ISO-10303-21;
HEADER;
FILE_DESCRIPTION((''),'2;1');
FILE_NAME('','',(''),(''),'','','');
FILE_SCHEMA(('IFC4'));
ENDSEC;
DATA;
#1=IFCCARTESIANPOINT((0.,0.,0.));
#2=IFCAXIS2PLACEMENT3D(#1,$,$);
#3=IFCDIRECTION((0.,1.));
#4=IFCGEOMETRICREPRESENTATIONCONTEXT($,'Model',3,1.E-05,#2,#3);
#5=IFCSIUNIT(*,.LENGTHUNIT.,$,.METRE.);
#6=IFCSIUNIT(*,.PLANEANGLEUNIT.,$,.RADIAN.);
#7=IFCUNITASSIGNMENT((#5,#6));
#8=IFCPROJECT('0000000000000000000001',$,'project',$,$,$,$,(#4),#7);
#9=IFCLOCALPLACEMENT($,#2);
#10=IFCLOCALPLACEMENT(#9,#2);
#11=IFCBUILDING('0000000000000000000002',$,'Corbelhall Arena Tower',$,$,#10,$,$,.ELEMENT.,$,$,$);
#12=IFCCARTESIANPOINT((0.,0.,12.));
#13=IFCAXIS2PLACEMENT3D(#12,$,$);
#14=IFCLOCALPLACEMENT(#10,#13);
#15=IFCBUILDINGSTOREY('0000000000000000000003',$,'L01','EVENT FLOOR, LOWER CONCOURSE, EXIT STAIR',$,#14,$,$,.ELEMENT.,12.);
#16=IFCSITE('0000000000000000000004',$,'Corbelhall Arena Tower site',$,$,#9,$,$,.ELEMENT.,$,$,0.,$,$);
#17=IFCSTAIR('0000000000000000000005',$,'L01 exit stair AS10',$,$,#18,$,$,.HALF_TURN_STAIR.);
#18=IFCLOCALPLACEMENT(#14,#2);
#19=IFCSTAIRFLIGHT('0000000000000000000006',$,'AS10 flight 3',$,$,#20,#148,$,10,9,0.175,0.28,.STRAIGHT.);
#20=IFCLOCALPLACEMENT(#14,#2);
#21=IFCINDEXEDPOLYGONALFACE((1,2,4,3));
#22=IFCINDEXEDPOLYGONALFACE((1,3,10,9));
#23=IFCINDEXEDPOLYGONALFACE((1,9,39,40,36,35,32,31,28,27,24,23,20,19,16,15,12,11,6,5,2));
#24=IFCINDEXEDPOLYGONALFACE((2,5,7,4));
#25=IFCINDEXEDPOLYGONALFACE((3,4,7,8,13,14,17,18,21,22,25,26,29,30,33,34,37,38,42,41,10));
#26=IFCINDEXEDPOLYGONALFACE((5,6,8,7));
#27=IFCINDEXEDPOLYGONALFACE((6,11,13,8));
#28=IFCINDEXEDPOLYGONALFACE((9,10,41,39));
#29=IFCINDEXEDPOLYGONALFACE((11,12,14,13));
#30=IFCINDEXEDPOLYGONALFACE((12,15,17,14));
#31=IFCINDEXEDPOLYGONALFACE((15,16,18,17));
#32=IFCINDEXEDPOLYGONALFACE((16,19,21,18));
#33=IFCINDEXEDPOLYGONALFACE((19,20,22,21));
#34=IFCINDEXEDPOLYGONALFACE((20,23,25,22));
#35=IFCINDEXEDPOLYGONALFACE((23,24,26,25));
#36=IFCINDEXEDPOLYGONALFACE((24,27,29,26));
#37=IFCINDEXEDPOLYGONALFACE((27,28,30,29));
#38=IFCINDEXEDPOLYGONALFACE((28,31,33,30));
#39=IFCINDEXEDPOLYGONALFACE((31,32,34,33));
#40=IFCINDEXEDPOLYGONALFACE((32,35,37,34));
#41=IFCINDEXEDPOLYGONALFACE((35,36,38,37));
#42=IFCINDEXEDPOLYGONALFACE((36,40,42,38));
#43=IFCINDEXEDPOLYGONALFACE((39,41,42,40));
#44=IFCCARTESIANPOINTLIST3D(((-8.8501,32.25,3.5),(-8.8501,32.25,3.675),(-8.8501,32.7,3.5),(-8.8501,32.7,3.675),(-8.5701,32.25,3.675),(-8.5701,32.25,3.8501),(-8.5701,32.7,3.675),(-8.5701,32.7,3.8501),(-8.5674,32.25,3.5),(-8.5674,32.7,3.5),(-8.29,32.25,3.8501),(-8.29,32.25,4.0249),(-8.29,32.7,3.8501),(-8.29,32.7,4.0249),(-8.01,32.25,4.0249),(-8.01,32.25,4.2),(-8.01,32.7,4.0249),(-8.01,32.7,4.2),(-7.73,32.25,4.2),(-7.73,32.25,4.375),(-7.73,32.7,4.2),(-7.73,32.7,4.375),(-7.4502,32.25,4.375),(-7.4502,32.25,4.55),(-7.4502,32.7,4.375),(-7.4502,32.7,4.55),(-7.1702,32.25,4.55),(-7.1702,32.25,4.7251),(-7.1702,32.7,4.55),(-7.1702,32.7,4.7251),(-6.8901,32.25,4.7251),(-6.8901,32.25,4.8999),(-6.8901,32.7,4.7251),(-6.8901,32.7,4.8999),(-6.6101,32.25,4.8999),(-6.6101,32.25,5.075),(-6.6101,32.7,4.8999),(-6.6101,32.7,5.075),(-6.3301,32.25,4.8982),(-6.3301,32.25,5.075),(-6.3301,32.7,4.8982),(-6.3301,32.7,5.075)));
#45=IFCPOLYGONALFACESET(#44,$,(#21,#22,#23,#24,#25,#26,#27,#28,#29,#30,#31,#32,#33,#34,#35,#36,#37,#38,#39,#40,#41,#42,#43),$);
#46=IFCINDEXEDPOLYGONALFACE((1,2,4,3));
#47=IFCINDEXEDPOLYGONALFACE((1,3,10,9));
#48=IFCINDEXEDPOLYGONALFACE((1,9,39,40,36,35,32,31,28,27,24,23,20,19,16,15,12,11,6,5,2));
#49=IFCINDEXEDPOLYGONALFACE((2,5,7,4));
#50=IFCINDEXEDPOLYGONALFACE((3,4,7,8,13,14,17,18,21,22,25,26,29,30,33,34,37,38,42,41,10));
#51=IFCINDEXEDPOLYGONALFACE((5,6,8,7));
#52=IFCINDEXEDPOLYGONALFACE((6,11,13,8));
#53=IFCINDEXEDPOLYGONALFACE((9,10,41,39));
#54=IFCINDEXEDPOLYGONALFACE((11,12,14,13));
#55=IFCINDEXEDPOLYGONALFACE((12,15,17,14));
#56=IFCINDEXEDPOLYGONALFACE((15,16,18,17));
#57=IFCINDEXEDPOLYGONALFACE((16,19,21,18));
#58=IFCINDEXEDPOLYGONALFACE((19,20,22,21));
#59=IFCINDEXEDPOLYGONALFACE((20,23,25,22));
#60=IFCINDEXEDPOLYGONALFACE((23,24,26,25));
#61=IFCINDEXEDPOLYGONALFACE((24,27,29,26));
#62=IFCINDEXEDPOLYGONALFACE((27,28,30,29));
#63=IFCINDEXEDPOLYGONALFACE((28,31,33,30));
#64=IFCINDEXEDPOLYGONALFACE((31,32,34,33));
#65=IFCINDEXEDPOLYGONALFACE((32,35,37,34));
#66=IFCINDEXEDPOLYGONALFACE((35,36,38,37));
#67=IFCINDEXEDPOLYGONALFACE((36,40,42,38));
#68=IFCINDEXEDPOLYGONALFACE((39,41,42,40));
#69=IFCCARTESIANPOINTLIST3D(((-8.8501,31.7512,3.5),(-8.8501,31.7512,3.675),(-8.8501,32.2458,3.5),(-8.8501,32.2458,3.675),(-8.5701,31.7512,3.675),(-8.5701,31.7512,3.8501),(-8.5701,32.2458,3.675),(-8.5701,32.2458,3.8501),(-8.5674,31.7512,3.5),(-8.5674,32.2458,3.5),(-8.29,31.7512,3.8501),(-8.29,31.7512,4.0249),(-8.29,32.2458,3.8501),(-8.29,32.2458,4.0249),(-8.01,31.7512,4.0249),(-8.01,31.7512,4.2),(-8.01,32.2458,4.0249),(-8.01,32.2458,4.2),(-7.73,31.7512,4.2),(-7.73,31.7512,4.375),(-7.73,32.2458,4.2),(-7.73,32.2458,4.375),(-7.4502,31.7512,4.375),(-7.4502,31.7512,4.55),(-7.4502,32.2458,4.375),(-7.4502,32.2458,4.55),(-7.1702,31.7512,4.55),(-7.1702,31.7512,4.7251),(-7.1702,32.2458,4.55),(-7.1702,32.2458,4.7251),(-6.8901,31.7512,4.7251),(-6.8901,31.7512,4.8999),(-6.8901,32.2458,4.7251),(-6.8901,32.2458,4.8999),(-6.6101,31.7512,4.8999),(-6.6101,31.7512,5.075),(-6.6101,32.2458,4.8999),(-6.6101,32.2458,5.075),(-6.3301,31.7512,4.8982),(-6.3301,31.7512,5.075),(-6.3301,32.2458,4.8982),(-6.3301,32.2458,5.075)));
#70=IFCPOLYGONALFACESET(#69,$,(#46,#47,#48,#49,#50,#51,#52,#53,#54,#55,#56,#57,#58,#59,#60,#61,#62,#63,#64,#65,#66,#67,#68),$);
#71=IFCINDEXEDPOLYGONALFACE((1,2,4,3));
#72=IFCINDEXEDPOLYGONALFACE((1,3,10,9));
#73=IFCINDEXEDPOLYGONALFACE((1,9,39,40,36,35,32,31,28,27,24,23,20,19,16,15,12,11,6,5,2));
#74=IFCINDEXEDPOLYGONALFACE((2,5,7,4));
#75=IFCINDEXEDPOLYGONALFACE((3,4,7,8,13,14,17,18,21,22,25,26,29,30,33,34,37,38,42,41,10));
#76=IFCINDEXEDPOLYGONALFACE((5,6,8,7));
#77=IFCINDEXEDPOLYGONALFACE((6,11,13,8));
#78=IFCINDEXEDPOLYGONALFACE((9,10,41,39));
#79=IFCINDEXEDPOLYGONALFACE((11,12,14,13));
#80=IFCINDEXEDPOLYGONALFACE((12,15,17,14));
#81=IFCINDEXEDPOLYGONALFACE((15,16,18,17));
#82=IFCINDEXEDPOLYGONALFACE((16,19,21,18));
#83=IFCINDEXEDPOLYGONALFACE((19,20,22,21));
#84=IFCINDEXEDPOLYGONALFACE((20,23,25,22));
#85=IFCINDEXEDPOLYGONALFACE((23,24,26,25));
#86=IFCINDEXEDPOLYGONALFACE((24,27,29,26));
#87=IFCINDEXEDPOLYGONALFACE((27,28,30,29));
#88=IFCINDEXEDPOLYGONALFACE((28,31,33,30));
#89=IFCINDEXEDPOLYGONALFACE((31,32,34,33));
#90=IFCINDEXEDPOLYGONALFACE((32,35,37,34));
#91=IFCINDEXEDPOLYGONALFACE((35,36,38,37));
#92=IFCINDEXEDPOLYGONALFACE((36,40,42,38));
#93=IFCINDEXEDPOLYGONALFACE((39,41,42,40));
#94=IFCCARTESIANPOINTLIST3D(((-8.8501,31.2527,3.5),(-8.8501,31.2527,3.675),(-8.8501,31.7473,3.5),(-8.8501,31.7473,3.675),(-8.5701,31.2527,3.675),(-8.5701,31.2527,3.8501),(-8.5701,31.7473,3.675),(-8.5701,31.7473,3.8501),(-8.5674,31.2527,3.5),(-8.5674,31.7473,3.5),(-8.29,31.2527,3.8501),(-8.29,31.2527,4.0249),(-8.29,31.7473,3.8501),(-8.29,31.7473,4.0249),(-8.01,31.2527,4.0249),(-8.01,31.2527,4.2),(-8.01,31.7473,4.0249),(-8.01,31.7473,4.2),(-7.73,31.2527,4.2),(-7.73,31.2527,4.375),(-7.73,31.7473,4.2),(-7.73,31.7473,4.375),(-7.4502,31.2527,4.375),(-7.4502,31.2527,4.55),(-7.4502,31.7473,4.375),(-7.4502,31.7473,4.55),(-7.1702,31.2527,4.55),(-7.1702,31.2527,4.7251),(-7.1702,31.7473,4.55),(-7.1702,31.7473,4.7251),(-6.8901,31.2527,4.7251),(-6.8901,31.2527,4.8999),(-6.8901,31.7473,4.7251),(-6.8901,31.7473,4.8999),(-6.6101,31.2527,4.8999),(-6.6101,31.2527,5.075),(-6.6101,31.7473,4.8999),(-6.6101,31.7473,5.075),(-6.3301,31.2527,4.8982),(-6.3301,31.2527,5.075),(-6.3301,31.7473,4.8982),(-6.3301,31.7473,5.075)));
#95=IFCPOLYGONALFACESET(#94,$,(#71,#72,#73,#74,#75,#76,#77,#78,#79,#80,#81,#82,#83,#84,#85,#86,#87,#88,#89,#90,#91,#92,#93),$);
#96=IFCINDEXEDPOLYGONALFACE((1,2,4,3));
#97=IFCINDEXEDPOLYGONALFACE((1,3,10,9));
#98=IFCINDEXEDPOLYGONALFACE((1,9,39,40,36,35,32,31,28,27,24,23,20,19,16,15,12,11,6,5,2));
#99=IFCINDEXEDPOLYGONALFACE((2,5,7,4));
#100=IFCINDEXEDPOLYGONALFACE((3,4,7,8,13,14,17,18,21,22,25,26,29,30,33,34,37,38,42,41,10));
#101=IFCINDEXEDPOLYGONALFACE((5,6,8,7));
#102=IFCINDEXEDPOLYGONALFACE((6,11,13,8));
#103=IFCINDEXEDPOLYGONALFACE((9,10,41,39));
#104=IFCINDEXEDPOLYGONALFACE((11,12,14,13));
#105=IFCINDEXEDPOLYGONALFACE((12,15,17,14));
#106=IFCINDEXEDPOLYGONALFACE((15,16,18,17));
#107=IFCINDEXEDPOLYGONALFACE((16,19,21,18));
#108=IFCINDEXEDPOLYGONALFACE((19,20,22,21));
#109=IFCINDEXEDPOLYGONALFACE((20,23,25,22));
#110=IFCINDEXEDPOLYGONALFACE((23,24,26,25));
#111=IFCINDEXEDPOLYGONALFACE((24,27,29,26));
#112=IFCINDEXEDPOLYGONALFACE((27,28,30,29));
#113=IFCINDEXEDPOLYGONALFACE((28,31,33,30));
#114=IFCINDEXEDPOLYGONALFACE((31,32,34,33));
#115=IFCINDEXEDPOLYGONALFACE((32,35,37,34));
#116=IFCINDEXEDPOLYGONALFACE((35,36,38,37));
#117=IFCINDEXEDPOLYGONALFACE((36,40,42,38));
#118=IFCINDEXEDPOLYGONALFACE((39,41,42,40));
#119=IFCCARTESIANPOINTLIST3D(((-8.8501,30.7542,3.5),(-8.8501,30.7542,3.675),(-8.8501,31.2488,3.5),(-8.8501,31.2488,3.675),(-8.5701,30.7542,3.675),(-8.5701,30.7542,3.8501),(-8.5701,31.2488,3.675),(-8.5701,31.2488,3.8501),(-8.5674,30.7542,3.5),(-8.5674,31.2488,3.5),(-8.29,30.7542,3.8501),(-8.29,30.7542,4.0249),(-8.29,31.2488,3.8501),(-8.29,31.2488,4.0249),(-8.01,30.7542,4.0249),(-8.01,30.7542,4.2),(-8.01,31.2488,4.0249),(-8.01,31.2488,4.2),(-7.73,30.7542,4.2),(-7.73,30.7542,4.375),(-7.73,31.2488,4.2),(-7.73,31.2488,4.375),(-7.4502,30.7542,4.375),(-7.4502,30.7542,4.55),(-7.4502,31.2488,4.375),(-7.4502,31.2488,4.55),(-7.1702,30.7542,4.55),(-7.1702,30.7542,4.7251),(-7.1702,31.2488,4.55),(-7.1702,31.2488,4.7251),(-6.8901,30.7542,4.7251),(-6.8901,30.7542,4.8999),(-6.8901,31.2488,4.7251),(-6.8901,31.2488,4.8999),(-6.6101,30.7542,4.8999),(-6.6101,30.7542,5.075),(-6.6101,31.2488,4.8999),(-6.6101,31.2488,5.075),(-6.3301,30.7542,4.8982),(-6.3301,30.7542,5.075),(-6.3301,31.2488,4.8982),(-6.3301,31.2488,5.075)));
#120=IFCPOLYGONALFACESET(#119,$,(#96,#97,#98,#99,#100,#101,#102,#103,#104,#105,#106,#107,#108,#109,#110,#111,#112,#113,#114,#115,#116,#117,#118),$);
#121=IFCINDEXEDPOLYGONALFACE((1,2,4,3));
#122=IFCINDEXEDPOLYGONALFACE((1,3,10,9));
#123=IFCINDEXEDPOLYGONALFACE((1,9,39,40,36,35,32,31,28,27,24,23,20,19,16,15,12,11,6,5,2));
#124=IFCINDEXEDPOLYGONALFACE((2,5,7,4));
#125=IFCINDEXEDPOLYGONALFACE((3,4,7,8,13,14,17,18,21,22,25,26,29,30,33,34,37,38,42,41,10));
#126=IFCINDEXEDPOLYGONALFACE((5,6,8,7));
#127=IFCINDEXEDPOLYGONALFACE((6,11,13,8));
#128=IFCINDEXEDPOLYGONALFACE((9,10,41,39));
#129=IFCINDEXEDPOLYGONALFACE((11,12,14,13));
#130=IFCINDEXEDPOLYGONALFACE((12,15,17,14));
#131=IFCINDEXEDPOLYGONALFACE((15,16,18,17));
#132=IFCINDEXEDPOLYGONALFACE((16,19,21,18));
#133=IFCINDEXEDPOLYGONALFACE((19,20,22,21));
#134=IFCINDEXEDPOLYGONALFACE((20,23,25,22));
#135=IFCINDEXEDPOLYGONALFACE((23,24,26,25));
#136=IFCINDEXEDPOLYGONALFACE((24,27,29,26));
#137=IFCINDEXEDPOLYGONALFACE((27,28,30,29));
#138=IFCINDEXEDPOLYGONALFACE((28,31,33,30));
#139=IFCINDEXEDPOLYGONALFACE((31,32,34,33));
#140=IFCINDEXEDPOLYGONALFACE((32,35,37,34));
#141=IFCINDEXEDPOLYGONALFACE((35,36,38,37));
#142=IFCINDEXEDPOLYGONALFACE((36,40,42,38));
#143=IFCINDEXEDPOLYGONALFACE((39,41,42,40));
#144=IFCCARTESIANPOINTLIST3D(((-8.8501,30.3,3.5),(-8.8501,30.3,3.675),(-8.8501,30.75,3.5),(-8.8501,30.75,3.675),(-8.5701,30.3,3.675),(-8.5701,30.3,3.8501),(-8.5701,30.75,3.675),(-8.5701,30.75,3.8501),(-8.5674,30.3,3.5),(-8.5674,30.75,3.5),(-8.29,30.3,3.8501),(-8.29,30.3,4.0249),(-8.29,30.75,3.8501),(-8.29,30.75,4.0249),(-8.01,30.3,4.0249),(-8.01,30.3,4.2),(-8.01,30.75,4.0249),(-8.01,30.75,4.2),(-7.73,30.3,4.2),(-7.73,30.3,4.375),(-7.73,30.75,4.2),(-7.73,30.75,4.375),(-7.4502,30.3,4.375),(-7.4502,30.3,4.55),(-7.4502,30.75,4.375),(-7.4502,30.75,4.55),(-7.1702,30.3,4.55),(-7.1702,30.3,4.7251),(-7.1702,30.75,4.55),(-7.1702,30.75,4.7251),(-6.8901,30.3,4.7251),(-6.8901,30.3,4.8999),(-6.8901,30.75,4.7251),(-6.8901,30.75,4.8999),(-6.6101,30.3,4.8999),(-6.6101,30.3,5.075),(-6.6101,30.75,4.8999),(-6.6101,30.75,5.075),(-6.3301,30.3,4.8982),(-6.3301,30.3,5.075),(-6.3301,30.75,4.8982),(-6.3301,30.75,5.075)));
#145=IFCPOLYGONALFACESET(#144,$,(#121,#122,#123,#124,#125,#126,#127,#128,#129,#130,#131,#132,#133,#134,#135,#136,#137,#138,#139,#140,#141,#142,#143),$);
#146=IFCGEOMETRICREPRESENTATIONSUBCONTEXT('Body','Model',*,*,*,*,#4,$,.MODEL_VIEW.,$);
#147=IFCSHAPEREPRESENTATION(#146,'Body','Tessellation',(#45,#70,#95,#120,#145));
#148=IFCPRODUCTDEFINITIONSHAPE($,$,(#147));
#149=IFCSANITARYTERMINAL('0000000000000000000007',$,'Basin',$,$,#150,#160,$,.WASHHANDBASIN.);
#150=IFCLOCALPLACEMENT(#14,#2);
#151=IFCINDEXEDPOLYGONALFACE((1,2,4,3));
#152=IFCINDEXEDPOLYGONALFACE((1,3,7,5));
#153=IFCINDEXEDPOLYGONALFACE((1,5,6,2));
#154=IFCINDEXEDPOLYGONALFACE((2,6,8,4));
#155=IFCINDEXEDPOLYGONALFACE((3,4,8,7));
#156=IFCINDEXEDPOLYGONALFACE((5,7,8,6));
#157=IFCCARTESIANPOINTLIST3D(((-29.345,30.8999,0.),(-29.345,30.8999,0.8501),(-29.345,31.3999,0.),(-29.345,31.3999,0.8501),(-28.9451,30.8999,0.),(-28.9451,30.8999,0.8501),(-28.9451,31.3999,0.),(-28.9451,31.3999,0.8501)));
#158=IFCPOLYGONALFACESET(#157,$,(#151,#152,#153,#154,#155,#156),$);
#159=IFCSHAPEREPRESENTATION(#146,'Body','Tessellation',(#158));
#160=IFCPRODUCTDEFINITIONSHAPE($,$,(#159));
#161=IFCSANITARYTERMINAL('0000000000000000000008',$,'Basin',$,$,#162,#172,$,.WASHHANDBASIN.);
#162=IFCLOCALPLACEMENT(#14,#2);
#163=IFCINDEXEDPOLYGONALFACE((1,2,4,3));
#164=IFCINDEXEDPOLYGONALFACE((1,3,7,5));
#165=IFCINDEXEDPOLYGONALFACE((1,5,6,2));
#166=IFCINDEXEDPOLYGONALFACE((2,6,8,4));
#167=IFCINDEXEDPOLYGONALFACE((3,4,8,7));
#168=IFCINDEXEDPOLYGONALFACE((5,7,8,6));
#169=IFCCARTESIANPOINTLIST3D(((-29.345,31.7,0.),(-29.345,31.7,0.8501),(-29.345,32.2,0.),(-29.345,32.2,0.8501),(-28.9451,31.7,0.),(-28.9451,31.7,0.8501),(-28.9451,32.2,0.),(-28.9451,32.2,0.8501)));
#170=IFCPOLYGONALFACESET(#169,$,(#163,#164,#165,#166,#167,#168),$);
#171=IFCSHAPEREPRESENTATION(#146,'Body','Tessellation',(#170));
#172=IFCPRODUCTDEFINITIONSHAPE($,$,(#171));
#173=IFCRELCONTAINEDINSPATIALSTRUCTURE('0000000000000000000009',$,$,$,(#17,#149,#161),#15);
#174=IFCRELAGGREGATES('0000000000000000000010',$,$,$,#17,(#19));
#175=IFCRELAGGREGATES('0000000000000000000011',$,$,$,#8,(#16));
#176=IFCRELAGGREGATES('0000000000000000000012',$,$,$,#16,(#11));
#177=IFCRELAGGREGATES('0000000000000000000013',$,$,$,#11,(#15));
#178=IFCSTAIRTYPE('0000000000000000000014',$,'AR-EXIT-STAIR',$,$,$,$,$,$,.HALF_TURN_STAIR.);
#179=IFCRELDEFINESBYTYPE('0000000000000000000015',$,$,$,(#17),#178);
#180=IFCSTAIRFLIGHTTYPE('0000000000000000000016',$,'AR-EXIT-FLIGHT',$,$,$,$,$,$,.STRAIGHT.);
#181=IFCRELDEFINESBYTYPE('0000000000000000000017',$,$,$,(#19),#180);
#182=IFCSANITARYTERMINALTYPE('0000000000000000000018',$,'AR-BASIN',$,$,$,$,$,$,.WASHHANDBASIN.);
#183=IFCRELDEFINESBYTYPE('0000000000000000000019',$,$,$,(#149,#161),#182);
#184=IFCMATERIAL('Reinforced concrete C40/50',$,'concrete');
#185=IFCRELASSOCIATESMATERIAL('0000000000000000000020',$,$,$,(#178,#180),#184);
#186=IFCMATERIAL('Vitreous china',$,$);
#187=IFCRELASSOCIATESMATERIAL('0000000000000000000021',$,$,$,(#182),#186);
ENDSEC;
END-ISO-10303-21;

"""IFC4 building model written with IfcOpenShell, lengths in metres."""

from ifc_helpers import new_model, si_unit, direction, frame, origin, origin_2d, place, context, subcontext, project, spatial, polyline, rectangle, outline, extrude, material, type_object, element, aggregate, save


model = new_model("IFC4")

# Units and contexts
model_context = context("Model", 3, precision=1e-05, world=origin(), true_north=direction((0.0, 1.0)))
body_context = subcontext(model_context, "Body", "Model", "MODEL_VIEW")
ifc_project = project(units=[si_unit("LENGTHUNIT", "METRE"), si_unit("PLANEANGLEUNIT", "RADIAN")], contexts=[model_context])

# Site, building, storey
site_placement = place(None, origin())
site = spatial("IfcSite", under=ifc_project, at=site_placement, Name="Corbelhall Arena Tower site", CompositionType="ELEMENT", RefElevation=0.0)
building_placement = place(site_placement, origin())
building = spatial("IfcBuilding", under=site, at=building_placement, Name="Corbelhall Arena Tower", CompositionType="ELEMENT")
storey_placement = place(building_placement, frame((0.0, 0.0, 12.0)))
storey = spatial("IfcBuildingStorey", under=building, at=storey_placement, Name="L01", Description="EVENT FLOOR, LOWER CONCOURSE, EXIT STAIR", CompositionType="ELEMENT", Elevation=12.0)

# Shared definitions
ifc_material_1 = material(Name="Reinforced concrete C40/50", Category="concrete")

# Stair, stair flight
stair_type = type_object("IfcStairType", Name="AR-EXIT-STAIR", PredefinedType="HALF_TURN_STAIR", material=ifc_material_1)
stair_flight_type = type_object("IfcStairFlightType", Name="AR-EXIT-FLIGHT", PredefinedType="STRAIGHT", material=ifc_material_1)
stair_1_placement = place(storey_placement, origin())
stair_1 = element("IfcStair", 1, at=stair_1_placement, inside=storey, type_object=stair_type, Name="L01 exit stair AS10", PredefinedType="HALF_TURN_STAIR")
stair_flight_1_placement = place(storey_placement, frame((-8.8501, 31.5, 3.5), z_axis=(0.0, 0.0, 1.0), x_axis=(1.0, 0.0, 0.0)))
stair_flight_1 = element("IfcStairFlight", 2, at=stair_flight_1_placement, type_object=stair_flight_type, Name="AS10 flight 3", NumberOfRisers=10, NumberOfTreads=9, PredefinedType="STRAIGHT", RiserHeight=0.175, TreadLength=0.28, context=body_context, shape_type="SweptSolid", body=[
    extrude(outline(polyline([(0.0, 0.0), (0.0, 0.175), (0.28, 0.175), (0.28, 0.3501), (0.5601, 0.3501), (0.5601, 0.5249), (0.8401, 0.5249), (0.8401, 0.7), (1.1201, 0.7), (1.1201, 0.875), (1.3999, 0.875), (1.3999, 1.05), (1.6799, 1.05), (1.6799, 1.2251), (1.96, 1.2251), (1.96, 1.3999), (2.24, 1.3999), (2.24, 1.575), (2.52, 1.575), (2.52, 1.75), (2.52, 1.3982), (0.2827, 0.0), (0.0, 0.0)])), frame((0.0, 1.2, 0.0), z_axis=(0.0, -1.0, 0.0), x_axis=(1.0, 0.0, 0.0)), (0.0, 0.0, 1.0), 0.45),
    extrude(outline(polyline([(0.0, 0.0), (0.0, 0.175), (0.28, 0.175), (0.28, 0.3501), (0.5601, 0.3501), (0.5601, 0.5249), (0.8401, 0.5249), (0.8401, 0.7), (1.1201, 0.7), (1.1201, 0.875), (1.3999, 0.875), (1.3999, 1.05), (1.6799, 1.05), (1.6799, 1.2251), (1.96, 1.2251), (1.96, 1.3999), (2.24, 1.3999), (2.24, 1.575), (2.52, 1.575), (2.52, 1.75), (2.52, 1.3982), (0.2827, 0.0), (0.0, 0.0)])), frame((0.0, 0.7458, 0.0), z_axis=(0.0, -1.0, 0.0), x_axis=(1.0, 0.0, 0.0)), (0.0, 0.0, 1.0), 0.4946),
    extrude(outline(polyline([(0.0, 0.0), (0.0, 0.175), (0.28, 0.175), (0.28, 0.3501), (0.5601, 0.3501), (0.5601, 0.5249), (0.8401, 0.5249), (0.8401, 0.7), (1.1201, 0.7), (1.1201, 0.875), (1.3999, 0.875), (1.3999, 1.05), (1.6799, 1.05), (1.6799, 1.2251), (1.96, 1.2251), (1.96, 1.3999), (2.24, 1.3999), (2.24, 1.575), (2.52, 1.575), (2.52, 1.75), (2.52, 1.3982), (0.2827, 0.0), (0.0, 0.0)])), frame((0.0, 0.2473, 0.0), z_axis=(0.0, -1.0, 0.0), x_axis=(1.0, 0.0, 0.0)), (0.0, 0.0, 1.0), 0.4946),
    extrude(outline(polyline([(0.0, 0.0), (0.0, 0.175), (0.28, 0.175), (0.28, 0.3501), (0.5601, 0.3501), (0.5601, 0.5249), (0.8401, 0.5249), (0.8401, 0.7), (1.1201, 0.7), (1.1201, 0.875), (1.3999, 0.875), (1.3999, 1.05), (1.6799, 1.05), (1.6799, 1.2251), (1.96, 1.2251), (1.96, 1.3999), (2.24, 1.3999), (2.24, 1.575), (2.52, 1.575), (2.52, 1.75), (2.52, 1.3982), (0.2827, 0.0), (0.0, 0.0)])), frame((0.0, -0.2512, 0.0), z_axis=(0.0, -1.0, 0.0), x_axis=(1.0, 0.0, 0.0)), (0.0, 0.0, 1.0), 0.4946),
    extrude(outline(polyline([(0.0, 0.0), (0.0, 0.175), (0.28, 0.175), (0.28, 0.3501), (0.5601, 0.3501), (0.5601, 0.5249), (0.8401, 0.5249), (0.8401, 0.7), (1.1201, 0.7), (1.1201, 0.875), (1.3999, 0.875), (1.3999, 1.05), (1.6799, 1.05), (1.6799, 1.2251), (1.96, 1.2251), (1.96, 1.3999), (2.24, 1.3999), (2.24, 1.575), (2.52, 1.575), (2.52, 1.75), (2.52, 1.3982), (0.2827, 0.0), (0.0, 0.0)])), frame((0.0, -0.75, 0.0), z_axis=(0.0, -1.0, 0.0), x_axis=(1.0, 0.0, 0.0)), (0.0, 0.0, 1.0), 0.45),
])
aggregate(stair_1, [stair_flight_1])

# Sanitary terminals
ifc_material_2 = material(Name="Vitreous china")
sanitary_terminal_type = type_object("IfcSanitaryTerminalType", Name="AR-BASIN", PredefinedType="WASHHANDBASIN", material=ifc_material_2)
for number, where, z_axis, x_axis, name in (
    (3, (-29.145, 31.1499, 0.0), (0.0, 0.0, 1.0), (1.0, 0.0, 0.0), "Basin"),
    (4, (-29.145, 31.95, 0.0), (0.0, 0.0, 1.0), (1.0, 0.0, 0.0), "Basin"),
):
    element("IfcSanitaryTerminal", number, at=place(storey_placement, frame(where, z_axis=z_axis, x_axis=x_axis)), inside=storey, type_object=sanitary_terminal_type, Name=name, PredefinedType="WASHHANDBASIN", context=body_context, shape_type="SweptSolid", body=[
        extrude(rectangle(XDim=0.3999, YDim=0.5, at=origin_2d()), origin(), (0.0, 0.0, 1.0), 0.8501),
    ])

save(model, "model.ifc")
